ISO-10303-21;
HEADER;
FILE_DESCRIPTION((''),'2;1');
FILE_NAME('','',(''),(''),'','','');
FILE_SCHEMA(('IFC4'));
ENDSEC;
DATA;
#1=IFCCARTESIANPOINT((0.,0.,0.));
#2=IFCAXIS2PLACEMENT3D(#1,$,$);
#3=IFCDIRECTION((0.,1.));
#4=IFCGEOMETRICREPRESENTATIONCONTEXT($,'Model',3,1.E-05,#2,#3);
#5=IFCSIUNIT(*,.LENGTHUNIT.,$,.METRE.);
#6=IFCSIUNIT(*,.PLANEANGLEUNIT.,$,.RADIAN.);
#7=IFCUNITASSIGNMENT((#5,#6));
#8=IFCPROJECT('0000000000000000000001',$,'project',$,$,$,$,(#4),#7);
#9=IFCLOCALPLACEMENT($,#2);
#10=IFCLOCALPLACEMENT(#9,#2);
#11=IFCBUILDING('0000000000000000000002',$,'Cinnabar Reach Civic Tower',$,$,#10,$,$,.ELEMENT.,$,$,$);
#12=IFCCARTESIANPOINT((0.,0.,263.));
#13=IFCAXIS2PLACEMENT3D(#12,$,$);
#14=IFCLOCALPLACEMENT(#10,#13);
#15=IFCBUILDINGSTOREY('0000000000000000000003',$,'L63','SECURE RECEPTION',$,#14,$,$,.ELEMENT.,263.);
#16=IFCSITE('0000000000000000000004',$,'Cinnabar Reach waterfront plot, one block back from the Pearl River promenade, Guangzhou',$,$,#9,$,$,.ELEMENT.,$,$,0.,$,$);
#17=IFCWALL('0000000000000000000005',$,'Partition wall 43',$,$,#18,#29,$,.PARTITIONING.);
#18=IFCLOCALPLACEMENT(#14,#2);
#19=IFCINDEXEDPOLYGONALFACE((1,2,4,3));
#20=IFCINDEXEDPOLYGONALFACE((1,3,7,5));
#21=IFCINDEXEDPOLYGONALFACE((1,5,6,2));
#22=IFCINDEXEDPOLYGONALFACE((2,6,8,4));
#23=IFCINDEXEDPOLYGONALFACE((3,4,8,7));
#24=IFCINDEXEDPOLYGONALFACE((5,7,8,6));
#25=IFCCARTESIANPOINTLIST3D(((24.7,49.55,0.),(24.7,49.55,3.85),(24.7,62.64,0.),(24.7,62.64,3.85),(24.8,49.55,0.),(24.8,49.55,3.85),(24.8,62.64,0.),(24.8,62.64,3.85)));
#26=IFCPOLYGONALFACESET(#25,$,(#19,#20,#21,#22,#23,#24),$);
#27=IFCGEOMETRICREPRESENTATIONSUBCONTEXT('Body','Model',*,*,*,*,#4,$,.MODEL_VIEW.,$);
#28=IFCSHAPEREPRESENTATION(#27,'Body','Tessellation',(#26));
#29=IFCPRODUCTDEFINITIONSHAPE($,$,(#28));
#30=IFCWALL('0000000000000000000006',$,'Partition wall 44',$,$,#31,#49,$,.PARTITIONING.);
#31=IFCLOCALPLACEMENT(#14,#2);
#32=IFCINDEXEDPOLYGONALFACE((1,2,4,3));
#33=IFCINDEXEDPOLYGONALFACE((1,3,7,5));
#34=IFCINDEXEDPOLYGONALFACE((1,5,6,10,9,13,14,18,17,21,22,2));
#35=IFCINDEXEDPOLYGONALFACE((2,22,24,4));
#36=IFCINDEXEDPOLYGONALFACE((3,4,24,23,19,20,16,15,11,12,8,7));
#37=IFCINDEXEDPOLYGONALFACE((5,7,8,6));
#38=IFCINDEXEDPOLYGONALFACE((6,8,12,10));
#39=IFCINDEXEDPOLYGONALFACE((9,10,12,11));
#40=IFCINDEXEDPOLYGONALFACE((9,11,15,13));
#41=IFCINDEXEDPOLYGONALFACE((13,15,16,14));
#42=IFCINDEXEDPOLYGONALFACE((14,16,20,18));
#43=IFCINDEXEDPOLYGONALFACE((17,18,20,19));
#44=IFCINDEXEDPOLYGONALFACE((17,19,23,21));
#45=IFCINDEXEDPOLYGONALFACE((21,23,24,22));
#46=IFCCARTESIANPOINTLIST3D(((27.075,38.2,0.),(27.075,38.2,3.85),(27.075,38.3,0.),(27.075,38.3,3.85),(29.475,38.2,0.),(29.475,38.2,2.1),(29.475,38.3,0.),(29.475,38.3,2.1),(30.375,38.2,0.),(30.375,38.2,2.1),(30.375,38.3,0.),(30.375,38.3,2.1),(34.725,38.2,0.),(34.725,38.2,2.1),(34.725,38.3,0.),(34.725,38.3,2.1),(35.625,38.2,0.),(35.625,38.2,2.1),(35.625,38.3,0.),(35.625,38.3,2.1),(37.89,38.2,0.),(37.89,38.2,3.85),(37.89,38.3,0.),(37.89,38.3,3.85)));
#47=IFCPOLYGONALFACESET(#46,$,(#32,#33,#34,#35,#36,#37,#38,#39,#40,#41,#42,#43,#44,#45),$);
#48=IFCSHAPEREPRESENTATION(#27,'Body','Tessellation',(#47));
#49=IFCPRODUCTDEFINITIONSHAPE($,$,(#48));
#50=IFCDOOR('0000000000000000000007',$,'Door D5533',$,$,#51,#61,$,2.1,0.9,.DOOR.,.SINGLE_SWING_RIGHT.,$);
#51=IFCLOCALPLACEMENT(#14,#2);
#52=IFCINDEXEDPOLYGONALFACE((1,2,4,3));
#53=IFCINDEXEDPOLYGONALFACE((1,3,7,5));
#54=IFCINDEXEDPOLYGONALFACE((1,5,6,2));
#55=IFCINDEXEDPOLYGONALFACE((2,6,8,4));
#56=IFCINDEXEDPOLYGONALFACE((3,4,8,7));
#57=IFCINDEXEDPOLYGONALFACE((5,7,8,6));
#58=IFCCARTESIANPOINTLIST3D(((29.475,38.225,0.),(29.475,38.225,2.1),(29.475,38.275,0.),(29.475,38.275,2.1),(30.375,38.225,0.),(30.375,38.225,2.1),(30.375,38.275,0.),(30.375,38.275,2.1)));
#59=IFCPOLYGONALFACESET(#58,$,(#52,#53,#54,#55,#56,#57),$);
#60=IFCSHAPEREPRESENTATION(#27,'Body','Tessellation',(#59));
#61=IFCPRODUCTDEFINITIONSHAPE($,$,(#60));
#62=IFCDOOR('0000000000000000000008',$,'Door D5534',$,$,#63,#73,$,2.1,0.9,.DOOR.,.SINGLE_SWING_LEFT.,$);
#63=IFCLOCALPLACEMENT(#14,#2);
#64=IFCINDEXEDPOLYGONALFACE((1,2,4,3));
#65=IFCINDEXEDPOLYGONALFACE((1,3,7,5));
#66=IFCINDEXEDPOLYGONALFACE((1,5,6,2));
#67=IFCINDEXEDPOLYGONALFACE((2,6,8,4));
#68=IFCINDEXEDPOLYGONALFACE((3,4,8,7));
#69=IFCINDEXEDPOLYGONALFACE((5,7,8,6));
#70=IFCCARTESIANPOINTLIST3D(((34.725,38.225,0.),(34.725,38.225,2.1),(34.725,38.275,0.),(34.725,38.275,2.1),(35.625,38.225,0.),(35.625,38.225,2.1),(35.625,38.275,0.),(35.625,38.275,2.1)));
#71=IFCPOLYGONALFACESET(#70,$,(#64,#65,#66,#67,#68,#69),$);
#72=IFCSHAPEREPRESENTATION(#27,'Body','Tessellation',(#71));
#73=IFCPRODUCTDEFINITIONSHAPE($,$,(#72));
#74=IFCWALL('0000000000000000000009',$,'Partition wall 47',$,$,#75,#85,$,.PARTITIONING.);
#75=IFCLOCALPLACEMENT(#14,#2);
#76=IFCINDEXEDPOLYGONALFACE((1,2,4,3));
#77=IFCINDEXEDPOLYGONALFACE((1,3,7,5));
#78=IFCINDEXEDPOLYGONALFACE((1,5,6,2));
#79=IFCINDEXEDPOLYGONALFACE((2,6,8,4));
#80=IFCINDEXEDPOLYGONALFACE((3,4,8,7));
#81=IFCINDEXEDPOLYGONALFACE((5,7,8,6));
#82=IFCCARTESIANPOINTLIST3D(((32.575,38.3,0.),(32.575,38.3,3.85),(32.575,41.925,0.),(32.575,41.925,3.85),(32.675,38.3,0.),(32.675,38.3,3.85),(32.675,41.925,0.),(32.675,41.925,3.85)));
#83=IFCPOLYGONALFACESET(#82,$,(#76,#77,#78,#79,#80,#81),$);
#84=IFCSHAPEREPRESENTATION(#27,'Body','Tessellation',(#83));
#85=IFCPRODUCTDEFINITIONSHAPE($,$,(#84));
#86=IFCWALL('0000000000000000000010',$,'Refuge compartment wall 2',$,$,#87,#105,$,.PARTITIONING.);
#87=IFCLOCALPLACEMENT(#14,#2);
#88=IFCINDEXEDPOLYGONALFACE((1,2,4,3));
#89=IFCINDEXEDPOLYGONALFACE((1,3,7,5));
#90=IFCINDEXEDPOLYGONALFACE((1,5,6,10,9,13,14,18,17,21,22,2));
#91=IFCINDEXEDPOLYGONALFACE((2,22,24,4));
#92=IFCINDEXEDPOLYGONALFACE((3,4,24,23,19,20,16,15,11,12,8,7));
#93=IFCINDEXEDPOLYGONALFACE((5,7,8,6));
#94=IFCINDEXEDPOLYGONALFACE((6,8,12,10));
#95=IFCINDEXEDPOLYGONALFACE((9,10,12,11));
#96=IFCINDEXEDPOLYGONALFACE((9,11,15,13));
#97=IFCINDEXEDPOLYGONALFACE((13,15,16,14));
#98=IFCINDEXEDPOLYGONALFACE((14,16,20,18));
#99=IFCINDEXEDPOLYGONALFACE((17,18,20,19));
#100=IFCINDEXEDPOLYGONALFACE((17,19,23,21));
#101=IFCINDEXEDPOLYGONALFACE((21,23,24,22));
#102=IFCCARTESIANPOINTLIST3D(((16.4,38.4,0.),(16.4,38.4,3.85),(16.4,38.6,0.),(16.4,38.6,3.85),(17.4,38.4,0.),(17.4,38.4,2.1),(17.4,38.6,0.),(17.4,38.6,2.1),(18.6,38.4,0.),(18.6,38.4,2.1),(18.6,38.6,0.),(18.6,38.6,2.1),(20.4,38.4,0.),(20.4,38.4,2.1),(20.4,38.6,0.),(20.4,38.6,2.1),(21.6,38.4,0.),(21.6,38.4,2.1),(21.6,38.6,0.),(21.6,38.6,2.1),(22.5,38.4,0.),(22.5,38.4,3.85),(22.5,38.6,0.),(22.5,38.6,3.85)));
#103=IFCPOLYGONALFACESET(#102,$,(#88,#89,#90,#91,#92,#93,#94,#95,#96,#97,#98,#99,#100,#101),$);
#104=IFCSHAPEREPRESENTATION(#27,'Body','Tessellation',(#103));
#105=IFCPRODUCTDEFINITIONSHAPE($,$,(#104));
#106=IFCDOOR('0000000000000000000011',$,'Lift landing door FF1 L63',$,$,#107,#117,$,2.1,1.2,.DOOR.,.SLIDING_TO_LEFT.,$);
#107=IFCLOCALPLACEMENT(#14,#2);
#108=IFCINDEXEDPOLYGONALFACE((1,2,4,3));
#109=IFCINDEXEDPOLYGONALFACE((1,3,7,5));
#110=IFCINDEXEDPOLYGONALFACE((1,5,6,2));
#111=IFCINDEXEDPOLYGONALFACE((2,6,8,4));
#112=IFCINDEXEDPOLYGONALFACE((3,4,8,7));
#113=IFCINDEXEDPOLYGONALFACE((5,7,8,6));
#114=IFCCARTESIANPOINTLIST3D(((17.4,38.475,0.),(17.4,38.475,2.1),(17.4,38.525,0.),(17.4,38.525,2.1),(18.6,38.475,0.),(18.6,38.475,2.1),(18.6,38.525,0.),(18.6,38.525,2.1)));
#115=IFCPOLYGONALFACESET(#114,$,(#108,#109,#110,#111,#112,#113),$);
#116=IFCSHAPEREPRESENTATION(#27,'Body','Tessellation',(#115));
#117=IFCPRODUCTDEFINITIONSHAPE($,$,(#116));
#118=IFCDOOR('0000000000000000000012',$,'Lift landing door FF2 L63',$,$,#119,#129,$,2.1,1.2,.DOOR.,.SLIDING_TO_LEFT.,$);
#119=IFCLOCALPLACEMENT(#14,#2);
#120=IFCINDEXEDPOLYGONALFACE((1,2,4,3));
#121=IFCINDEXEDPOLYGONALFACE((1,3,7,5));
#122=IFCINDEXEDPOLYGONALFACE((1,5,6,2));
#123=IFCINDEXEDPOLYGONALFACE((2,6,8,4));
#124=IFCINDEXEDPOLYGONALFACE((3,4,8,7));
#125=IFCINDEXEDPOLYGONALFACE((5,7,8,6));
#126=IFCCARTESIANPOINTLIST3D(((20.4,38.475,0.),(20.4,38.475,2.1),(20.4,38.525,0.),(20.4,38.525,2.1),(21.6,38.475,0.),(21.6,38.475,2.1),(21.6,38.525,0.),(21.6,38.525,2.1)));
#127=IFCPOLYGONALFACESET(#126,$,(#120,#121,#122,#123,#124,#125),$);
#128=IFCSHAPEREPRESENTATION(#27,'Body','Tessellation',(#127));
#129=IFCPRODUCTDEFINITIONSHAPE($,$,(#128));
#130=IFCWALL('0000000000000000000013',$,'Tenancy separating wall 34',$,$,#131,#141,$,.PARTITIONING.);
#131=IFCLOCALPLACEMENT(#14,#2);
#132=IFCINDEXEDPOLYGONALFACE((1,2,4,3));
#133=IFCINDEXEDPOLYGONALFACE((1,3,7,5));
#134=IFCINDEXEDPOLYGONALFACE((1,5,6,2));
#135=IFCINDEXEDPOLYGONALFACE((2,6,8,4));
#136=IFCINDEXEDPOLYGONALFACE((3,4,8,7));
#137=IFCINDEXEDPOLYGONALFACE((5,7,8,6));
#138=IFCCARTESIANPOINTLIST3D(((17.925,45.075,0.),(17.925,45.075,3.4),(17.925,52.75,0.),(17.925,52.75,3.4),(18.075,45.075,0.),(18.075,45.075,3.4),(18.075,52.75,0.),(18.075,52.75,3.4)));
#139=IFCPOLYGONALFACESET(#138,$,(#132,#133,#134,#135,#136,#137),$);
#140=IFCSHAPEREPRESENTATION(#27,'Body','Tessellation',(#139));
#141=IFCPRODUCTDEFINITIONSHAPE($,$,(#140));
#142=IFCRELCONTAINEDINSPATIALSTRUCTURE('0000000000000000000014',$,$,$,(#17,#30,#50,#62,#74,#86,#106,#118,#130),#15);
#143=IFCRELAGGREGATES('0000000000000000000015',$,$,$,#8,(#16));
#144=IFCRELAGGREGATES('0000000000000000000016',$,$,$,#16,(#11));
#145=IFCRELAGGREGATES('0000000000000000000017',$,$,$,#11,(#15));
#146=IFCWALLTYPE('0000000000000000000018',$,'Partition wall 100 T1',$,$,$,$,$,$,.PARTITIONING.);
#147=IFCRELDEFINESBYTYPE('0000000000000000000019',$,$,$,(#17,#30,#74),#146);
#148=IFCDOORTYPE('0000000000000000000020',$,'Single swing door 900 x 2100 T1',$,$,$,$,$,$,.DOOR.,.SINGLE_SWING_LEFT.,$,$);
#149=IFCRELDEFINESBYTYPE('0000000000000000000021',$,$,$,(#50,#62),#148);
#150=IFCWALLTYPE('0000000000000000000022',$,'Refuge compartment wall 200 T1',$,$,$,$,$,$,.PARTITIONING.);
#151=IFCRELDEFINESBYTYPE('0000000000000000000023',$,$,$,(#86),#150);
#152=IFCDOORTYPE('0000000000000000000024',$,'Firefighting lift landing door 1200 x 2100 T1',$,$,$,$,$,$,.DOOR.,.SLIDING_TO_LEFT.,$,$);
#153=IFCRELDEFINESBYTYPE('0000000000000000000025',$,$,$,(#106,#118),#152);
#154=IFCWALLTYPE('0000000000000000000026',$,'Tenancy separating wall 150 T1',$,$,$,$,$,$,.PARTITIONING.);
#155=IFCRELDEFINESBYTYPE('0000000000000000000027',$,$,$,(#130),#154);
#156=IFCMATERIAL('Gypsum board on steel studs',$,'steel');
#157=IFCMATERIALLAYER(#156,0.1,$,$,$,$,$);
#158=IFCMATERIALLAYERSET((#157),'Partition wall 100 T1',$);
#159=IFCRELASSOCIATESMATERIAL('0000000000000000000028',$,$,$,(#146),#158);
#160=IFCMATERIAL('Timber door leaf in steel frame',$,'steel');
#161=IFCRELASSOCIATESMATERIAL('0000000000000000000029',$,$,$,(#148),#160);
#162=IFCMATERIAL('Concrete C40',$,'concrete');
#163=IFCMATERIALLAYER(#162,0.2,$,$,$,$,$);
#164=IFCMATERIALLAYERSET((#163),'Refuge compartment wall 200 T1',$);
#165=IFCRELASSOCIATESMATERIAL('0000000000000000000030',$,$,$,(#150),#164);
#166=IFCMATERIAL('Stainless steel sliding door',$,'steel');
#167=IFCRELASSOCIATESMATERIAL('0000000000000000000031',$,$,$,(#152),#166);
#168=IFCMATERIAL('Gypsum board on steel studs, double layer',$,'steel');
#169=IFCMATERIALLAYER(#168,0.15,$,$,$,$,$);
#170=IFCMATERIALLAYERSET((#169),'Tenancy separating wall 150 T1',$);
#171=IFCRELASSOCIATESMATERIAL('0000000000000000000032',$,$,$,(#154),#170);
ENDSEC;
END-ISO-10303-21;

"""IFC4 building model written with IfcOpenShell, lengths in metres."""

from ifc_helpers import new_model, si_unit, direction, frame, frame_2d, origin, place, context, subcontext, project, spatial, rectangle, extrude, material, layer, layer_set, type_object, element, fill, save


model = new_model("IFC4")

# Units and contexts
model_context = context("Model", 3, precision=1e-05, world=origin(), true_north=direction((0.0, 1.0)))
body_context = subcontext(model_context, "Body", "Model", "MODEL_VIEW")
ifc_project = project(units=[si_unit("LENGTHUNIT", "METRE"), si_unit("PLANEANGLEUNIT", "RADIAN")], contexts=[model_context])

# Site, building, storey
site_placement = place(None, origin())
site = spatial("IfcSite", under=ifc_project, at=site_placement, Name="Cinnabar Reach waterfront plot, one block back from the Pearl River promenade, Guangzhou", CompositionType="ELEMENT", RefElevation=0.0)
building_placement = place(site_placement, origin())
building = spatial("IfcBuilding", under=site, at=building_placement, Name="Cinnabar Reach Civic Tower", CompositionType="ELEMENT")
storey_placement = place(building_placement, frame((0.0, 0.0, 263.0)))
storey = spatial("IfcBuildingStorey", under=building, at=storey_placement, Name="L63", Description="SECURE RECEPTION", CompositionType="ELEMENT", Elevation=263.0)

# Shared definitions
ifc_material_1 = material(Name="Gypsum board on steel studs, double layer", Category="steel")

# Shared definitions
ifc_material_2 = material(Name="Gypsum board on steel studs", Category="steel")
ifc_layer_1 = layer(ifc_material_2, 0.1)
ifc_layer_set_1 = layer_set([ifc_layer_1], Name="Partition wall 100 T1")
wall_type_1 = type_object("IfcWallType", Name="Partition wall 100 T1", PredefinedType="PARTITIONING", material=ifc_layer_set_1)
ifc_material_3 = material(Name="Timber door leaf in steel frame", Category="steel")
door_type_1 = type_object("IfcDoorType", Name="Single swing door 900 x 2100 T1", OperationType="SINGLE_SWING_LEFT", PredefinedType="DOOR", material=ifc_material_3)

# Wall
wall_1_placement = place(storey_placement, frame((24.75, 49.55, 0.0), z_axis=(0.0, 0.0, 1.0), x_axis=(0.0, 1.0, 0.0)))
element("IfcWall", 1, at=wall_1_placement, inside=storey, type_object=wall_type_1, Name="Partition wall 43", PredefinedType="PARTITIONING", context=body_context, shape_type="SweptSolid", body=[
    extrude(rectangle(XDim=13.09, YDim=0.1, at=frame_2d((6.545, 0.0))), origin(), (0.0, 0.0, 1.0), 3.85),
])

# Wall, openings, doors
wall_2_placement = place(storey_placement, frame((27.075, 38.25, 0.0), z_axis=(0.0, 0.0, 1.0), x_axis=(1.0, 0.0, 0.0)))
wall_2 = element("IfcWall", 2, at=wall_2_placement, inside=storey, type_object=wall_type_1, Name="Partition wall 44", PredefinedType="PARTITIONING", context=body_context, shape_type="SweptSolid", body=[
    extrude(rectangle(XDim=10.815, YDim=0.1, at=frame_2d((5.4075, 0.0))), origin(), (0.0, 0.0, 1.0), 3.85),
])
opening_1_placement = place(wall_2_placement, frame((2.4, 0.0, 0.0)))
opening_1 = element("IfcOpeningElement", 3, at=opening_1_placement, cuts=wall_2, PredefinedType="OPENING", context=body_context, shape_type="SweptSolid", body=[
    extrude(rectangle(XDim=0.9, YDim=2.1, at=frame_2d((0.45, 1.05))), frame((0.0, 0.06, 0.0), z_axis=(0.0, -1.0, 0.0), x_axis=(1.0, 0.0, 0.0)), (0.0, 0.0, 1.0), 0.12),
])
opening_2_placement = place(wall_2_placement, frame((7.65, 0.0, 0.0)))
opening_2 = element("IfcOpeningElement", 4, at=opening_2_placement, cuts=wall_2, PredefinedType="OPENING", context=body_context, shape_type="SweptSolid", body=[
    extrude(rectangle(XDim=0.9, YDim=2.1, at=frame_2d((0.45, 1.05))), frame((0.0, 0.06, 0.0), z_axis=(0.0, -1.0, 0.0), x_axis=(1.0, 0.0, 0.0)), (0.0, 0.0, 1.0), 0.12),
])
door_1_placement = place(opening_1_placement, origin())
door_1 = element("IfcDoor", 5, at=door_1_placement, inside=storey, type_object=door_type_1, Name="Door D5533", OperationType="SINGLE_SWING_RIGHT", OverallHeight=2.1, OverallWidth=0.9, PredefinedType="DOOR", context=body_context, shape_type="SweptSolid", body=[
    extrude(rectangle(XDim=0.9, YDim=2.1, at=frame_2d((0.45, 1.05))), frame((0.0, 0.025, 0.0), z_axis=(0.0, -1.0, 0.0), x_axis=(1.0, 0.0, 0.0)), (0.0, 0.0, 1.0), 0.05),
])
fill(opening_1, door_1)
door_2_placement = place(opening_2_placement, origin())
door_2 = element("IfcDoor", 6, at=door_2_placement, inside=storey, type_object=door_type_1, Name="Door D5534", OperationType="SINGLE_SWING_LEFT", OverallHeight=2.1, OverallWidth=0.9, PredefinedType="DOOR", context=body_context, shape_type="SweptSolid", body=[
    extrude(rectangle(XDim=0.9, YDim=2.1, at=frame_2d((0.45, 1.05))), frame((0.0, 0.025, 0.0), z_axis=(0.0, -1.0, 0.0), x_axis=(1.0, 0.0, 0.0)), (0.0, 0.0, 1.0), 0.05),
])
fill(opening_2, door_2)

# Wall
wall_3_placement = place(storey_placement, frame((32.625, 38.3, 0.0), z_axis=(0.0, 0.0, 1.0), x_axis=(0.0, 1.0, 0.0)))
element("IfcWall", 7, at=wall_3_placement, inside=storey, type_object=wall_type_1, Name="Partition wall 47", PredefinedType="PARTITIONING", context=body_context, shape_type="SweptSolid", body=[
    extrude(rectangle(XDim=3.625, YDim=0.1, at=frame_2d((1.8125, 0.0))), origin(), (0.0, 0.0, 1.0), 3.85),
])

# Wall, openings, doors
ifc_material_4 = material(Name="Concrete C40", Category="concrete")
ifc_layer_2 = layer(ifc_material_4, 0.2)
ifc_layer_set_2 = layer_set([ifc_layer_2], Name="Refuge compartment wall 200 T1")
wall_type_2 = type_object("IfcWallType", Name="Refuge compartment wall 200 T1", PredefinedType="PARTITIONING", material=ifc_layer_set_2)
wall_4_placement = place(storey_placement, frame((16.4, 38.5, 0.0), z_axis=(0.0, 0.0, 1.0), x_axis=(1.0, 0.0, 0.0)))
wall_4 = element("IfcWall", 8, at=wall_4_placement, inside=storey, type_object=wall_type_2, Name="Refuge compartment wall 2", PredefinedType="PARTITIONING", context=body_context, shape_type="SweptSolid", body=[
    extrude(rectangle(XDim=6.1, YDim=0.2, at=frame_2d((3.05, 0.0))), origin(), (0.0, 0.0, 1.0), 3.85),
])
opening_3_placement = place(wall_4_placement, frame((1.0, 0.0, 0.0)))
opening_3 = element("IfcOpeningElement", 9, at=opening_3_placement, cuts=wall_4, PredefinedType="OPENING", context=body_context, shape_type="SweptSolid", body=[
    extrude(rectangle(XDim=1.2, YDim=2.1, at=frame_2d((0.6, 1.05))), frame((0.0, 0.11, 0.0), z_axis=(0.0, -1.0, 0.0), x_axis=(1.0, 0.0, 0.0)), (0.0, 0.0, 1.0), 0.22),
])
opening_4_placement = place(wall_4_placement, frame((4.0, 0.0, 0.0)))
opening_4 = element("IfcOpeningElement", 10, at=opening_4_placement, cuts=wall_4, PredefinedType="OPENING", context=body_context, shape_type="SweptSolid", body=[
    extrude(rectangle(XDim=1.2, YDim=2.1, at=frame_2d((0.6, 1.05))), frame((0.0, 0.11, 0.0), z_axis=(0.0, -1.0, 0.0), x_axis=(1.0, 0.0, 0.0)), (0.0, 0.0, 1.0), 0.22),
])
ifc_material_5 = material(Name="Stainless steel sliding door", Category="steel")
door_type_2 = type_object("IfcDoorType", Name="Firefighting lift landing door 1200 x 2100 T1", OperationType="SLIDING_TO_LEFT", PredefinedType="DOOR", material=ifc_material_5)
door_3_placement = place(opening_3_placement, origin())
door_3 = element("IfcDoor", 11, at=door_3_placement, inside=storey, type_object=door_type_2, Name="Lift landing door FF1 L63", OperationType="SLIDING_TO_LEFT", OverallHeight=2.1, OverallWidth=1.2, PredefinedType="DOOR", context=body_context, shape_type="SweptSolid", body=[
    extrude(rectangle(XDim=1.2, YDim=2.1, at=frame_2d((0.6, 1.05))), frame((0.0, 0.025, 0.0), z_axis=(0.0, -1.0, 0.0), x_axis=(1.0, 0.0, 0.0)), (0.0, 0.0, 1.0), 0.05),
])
fill(opening_3, door_3)
door_4_placement = place(opening_4_placement, origin())
door_4 = element("IfcDoor", 12, at=door_4_placement, inside=storey, type_object=door_type_2, Name="Lift landing door FF2 L63", OperationType="SLIDING_TO_LEFT", OverallHeight=2.1, OverallWidth=1.2, PredefinedType="DOOR", context=body_context, shape_type="SweptSolid", body=[
    extrude(rectangle(XDim=1.2, YDim=2.1, at=frame_2d((0.6, 1.05))), frame((0.0, 0.025, 0.0), z_axis=(0.0, -1.0, 0.0), x_axis=(1.0, 0.0, 0.0)), (0.0, 0.0, 1.0), 0.05),
])
fill(opening_4, door_4)

# Wall
ifc_layer_3 = layer(ifc_material_1, 0.15)
ifc_layer_set_3 = layer_set([ifc_layer_3], Name="Tenancy separating wall 150 T1")
wall_type_3 = type_object("IfcWallType", Name="Tenancy separating wall 150 T1", PredefinedType="PARTITIONING", material=ifc_layer_set_3)
wall_5_placement = place(storey_placement, frame((18.0, 45.075, 0.0), z_axis=(0.0, 0.0, 1.0), x_axis=(0.0, 1.0, 0.0)))
element("IfcWall", 13, at=wall_5_placement, inside=storey, type_object=wall_type_3, Name="Tenancy separating wall 34", PredefinedType="PARTITIONING", context=body_context, shape_type="SweptSolid", body=[
    extrude(rectangle(XDim=7.675, YDim=0.15, at=frame_2d((3.8375, 0.0))), origin(), (0.0, 0.0, 1.0), 3.4),
])

save(model, "model.ifc")
